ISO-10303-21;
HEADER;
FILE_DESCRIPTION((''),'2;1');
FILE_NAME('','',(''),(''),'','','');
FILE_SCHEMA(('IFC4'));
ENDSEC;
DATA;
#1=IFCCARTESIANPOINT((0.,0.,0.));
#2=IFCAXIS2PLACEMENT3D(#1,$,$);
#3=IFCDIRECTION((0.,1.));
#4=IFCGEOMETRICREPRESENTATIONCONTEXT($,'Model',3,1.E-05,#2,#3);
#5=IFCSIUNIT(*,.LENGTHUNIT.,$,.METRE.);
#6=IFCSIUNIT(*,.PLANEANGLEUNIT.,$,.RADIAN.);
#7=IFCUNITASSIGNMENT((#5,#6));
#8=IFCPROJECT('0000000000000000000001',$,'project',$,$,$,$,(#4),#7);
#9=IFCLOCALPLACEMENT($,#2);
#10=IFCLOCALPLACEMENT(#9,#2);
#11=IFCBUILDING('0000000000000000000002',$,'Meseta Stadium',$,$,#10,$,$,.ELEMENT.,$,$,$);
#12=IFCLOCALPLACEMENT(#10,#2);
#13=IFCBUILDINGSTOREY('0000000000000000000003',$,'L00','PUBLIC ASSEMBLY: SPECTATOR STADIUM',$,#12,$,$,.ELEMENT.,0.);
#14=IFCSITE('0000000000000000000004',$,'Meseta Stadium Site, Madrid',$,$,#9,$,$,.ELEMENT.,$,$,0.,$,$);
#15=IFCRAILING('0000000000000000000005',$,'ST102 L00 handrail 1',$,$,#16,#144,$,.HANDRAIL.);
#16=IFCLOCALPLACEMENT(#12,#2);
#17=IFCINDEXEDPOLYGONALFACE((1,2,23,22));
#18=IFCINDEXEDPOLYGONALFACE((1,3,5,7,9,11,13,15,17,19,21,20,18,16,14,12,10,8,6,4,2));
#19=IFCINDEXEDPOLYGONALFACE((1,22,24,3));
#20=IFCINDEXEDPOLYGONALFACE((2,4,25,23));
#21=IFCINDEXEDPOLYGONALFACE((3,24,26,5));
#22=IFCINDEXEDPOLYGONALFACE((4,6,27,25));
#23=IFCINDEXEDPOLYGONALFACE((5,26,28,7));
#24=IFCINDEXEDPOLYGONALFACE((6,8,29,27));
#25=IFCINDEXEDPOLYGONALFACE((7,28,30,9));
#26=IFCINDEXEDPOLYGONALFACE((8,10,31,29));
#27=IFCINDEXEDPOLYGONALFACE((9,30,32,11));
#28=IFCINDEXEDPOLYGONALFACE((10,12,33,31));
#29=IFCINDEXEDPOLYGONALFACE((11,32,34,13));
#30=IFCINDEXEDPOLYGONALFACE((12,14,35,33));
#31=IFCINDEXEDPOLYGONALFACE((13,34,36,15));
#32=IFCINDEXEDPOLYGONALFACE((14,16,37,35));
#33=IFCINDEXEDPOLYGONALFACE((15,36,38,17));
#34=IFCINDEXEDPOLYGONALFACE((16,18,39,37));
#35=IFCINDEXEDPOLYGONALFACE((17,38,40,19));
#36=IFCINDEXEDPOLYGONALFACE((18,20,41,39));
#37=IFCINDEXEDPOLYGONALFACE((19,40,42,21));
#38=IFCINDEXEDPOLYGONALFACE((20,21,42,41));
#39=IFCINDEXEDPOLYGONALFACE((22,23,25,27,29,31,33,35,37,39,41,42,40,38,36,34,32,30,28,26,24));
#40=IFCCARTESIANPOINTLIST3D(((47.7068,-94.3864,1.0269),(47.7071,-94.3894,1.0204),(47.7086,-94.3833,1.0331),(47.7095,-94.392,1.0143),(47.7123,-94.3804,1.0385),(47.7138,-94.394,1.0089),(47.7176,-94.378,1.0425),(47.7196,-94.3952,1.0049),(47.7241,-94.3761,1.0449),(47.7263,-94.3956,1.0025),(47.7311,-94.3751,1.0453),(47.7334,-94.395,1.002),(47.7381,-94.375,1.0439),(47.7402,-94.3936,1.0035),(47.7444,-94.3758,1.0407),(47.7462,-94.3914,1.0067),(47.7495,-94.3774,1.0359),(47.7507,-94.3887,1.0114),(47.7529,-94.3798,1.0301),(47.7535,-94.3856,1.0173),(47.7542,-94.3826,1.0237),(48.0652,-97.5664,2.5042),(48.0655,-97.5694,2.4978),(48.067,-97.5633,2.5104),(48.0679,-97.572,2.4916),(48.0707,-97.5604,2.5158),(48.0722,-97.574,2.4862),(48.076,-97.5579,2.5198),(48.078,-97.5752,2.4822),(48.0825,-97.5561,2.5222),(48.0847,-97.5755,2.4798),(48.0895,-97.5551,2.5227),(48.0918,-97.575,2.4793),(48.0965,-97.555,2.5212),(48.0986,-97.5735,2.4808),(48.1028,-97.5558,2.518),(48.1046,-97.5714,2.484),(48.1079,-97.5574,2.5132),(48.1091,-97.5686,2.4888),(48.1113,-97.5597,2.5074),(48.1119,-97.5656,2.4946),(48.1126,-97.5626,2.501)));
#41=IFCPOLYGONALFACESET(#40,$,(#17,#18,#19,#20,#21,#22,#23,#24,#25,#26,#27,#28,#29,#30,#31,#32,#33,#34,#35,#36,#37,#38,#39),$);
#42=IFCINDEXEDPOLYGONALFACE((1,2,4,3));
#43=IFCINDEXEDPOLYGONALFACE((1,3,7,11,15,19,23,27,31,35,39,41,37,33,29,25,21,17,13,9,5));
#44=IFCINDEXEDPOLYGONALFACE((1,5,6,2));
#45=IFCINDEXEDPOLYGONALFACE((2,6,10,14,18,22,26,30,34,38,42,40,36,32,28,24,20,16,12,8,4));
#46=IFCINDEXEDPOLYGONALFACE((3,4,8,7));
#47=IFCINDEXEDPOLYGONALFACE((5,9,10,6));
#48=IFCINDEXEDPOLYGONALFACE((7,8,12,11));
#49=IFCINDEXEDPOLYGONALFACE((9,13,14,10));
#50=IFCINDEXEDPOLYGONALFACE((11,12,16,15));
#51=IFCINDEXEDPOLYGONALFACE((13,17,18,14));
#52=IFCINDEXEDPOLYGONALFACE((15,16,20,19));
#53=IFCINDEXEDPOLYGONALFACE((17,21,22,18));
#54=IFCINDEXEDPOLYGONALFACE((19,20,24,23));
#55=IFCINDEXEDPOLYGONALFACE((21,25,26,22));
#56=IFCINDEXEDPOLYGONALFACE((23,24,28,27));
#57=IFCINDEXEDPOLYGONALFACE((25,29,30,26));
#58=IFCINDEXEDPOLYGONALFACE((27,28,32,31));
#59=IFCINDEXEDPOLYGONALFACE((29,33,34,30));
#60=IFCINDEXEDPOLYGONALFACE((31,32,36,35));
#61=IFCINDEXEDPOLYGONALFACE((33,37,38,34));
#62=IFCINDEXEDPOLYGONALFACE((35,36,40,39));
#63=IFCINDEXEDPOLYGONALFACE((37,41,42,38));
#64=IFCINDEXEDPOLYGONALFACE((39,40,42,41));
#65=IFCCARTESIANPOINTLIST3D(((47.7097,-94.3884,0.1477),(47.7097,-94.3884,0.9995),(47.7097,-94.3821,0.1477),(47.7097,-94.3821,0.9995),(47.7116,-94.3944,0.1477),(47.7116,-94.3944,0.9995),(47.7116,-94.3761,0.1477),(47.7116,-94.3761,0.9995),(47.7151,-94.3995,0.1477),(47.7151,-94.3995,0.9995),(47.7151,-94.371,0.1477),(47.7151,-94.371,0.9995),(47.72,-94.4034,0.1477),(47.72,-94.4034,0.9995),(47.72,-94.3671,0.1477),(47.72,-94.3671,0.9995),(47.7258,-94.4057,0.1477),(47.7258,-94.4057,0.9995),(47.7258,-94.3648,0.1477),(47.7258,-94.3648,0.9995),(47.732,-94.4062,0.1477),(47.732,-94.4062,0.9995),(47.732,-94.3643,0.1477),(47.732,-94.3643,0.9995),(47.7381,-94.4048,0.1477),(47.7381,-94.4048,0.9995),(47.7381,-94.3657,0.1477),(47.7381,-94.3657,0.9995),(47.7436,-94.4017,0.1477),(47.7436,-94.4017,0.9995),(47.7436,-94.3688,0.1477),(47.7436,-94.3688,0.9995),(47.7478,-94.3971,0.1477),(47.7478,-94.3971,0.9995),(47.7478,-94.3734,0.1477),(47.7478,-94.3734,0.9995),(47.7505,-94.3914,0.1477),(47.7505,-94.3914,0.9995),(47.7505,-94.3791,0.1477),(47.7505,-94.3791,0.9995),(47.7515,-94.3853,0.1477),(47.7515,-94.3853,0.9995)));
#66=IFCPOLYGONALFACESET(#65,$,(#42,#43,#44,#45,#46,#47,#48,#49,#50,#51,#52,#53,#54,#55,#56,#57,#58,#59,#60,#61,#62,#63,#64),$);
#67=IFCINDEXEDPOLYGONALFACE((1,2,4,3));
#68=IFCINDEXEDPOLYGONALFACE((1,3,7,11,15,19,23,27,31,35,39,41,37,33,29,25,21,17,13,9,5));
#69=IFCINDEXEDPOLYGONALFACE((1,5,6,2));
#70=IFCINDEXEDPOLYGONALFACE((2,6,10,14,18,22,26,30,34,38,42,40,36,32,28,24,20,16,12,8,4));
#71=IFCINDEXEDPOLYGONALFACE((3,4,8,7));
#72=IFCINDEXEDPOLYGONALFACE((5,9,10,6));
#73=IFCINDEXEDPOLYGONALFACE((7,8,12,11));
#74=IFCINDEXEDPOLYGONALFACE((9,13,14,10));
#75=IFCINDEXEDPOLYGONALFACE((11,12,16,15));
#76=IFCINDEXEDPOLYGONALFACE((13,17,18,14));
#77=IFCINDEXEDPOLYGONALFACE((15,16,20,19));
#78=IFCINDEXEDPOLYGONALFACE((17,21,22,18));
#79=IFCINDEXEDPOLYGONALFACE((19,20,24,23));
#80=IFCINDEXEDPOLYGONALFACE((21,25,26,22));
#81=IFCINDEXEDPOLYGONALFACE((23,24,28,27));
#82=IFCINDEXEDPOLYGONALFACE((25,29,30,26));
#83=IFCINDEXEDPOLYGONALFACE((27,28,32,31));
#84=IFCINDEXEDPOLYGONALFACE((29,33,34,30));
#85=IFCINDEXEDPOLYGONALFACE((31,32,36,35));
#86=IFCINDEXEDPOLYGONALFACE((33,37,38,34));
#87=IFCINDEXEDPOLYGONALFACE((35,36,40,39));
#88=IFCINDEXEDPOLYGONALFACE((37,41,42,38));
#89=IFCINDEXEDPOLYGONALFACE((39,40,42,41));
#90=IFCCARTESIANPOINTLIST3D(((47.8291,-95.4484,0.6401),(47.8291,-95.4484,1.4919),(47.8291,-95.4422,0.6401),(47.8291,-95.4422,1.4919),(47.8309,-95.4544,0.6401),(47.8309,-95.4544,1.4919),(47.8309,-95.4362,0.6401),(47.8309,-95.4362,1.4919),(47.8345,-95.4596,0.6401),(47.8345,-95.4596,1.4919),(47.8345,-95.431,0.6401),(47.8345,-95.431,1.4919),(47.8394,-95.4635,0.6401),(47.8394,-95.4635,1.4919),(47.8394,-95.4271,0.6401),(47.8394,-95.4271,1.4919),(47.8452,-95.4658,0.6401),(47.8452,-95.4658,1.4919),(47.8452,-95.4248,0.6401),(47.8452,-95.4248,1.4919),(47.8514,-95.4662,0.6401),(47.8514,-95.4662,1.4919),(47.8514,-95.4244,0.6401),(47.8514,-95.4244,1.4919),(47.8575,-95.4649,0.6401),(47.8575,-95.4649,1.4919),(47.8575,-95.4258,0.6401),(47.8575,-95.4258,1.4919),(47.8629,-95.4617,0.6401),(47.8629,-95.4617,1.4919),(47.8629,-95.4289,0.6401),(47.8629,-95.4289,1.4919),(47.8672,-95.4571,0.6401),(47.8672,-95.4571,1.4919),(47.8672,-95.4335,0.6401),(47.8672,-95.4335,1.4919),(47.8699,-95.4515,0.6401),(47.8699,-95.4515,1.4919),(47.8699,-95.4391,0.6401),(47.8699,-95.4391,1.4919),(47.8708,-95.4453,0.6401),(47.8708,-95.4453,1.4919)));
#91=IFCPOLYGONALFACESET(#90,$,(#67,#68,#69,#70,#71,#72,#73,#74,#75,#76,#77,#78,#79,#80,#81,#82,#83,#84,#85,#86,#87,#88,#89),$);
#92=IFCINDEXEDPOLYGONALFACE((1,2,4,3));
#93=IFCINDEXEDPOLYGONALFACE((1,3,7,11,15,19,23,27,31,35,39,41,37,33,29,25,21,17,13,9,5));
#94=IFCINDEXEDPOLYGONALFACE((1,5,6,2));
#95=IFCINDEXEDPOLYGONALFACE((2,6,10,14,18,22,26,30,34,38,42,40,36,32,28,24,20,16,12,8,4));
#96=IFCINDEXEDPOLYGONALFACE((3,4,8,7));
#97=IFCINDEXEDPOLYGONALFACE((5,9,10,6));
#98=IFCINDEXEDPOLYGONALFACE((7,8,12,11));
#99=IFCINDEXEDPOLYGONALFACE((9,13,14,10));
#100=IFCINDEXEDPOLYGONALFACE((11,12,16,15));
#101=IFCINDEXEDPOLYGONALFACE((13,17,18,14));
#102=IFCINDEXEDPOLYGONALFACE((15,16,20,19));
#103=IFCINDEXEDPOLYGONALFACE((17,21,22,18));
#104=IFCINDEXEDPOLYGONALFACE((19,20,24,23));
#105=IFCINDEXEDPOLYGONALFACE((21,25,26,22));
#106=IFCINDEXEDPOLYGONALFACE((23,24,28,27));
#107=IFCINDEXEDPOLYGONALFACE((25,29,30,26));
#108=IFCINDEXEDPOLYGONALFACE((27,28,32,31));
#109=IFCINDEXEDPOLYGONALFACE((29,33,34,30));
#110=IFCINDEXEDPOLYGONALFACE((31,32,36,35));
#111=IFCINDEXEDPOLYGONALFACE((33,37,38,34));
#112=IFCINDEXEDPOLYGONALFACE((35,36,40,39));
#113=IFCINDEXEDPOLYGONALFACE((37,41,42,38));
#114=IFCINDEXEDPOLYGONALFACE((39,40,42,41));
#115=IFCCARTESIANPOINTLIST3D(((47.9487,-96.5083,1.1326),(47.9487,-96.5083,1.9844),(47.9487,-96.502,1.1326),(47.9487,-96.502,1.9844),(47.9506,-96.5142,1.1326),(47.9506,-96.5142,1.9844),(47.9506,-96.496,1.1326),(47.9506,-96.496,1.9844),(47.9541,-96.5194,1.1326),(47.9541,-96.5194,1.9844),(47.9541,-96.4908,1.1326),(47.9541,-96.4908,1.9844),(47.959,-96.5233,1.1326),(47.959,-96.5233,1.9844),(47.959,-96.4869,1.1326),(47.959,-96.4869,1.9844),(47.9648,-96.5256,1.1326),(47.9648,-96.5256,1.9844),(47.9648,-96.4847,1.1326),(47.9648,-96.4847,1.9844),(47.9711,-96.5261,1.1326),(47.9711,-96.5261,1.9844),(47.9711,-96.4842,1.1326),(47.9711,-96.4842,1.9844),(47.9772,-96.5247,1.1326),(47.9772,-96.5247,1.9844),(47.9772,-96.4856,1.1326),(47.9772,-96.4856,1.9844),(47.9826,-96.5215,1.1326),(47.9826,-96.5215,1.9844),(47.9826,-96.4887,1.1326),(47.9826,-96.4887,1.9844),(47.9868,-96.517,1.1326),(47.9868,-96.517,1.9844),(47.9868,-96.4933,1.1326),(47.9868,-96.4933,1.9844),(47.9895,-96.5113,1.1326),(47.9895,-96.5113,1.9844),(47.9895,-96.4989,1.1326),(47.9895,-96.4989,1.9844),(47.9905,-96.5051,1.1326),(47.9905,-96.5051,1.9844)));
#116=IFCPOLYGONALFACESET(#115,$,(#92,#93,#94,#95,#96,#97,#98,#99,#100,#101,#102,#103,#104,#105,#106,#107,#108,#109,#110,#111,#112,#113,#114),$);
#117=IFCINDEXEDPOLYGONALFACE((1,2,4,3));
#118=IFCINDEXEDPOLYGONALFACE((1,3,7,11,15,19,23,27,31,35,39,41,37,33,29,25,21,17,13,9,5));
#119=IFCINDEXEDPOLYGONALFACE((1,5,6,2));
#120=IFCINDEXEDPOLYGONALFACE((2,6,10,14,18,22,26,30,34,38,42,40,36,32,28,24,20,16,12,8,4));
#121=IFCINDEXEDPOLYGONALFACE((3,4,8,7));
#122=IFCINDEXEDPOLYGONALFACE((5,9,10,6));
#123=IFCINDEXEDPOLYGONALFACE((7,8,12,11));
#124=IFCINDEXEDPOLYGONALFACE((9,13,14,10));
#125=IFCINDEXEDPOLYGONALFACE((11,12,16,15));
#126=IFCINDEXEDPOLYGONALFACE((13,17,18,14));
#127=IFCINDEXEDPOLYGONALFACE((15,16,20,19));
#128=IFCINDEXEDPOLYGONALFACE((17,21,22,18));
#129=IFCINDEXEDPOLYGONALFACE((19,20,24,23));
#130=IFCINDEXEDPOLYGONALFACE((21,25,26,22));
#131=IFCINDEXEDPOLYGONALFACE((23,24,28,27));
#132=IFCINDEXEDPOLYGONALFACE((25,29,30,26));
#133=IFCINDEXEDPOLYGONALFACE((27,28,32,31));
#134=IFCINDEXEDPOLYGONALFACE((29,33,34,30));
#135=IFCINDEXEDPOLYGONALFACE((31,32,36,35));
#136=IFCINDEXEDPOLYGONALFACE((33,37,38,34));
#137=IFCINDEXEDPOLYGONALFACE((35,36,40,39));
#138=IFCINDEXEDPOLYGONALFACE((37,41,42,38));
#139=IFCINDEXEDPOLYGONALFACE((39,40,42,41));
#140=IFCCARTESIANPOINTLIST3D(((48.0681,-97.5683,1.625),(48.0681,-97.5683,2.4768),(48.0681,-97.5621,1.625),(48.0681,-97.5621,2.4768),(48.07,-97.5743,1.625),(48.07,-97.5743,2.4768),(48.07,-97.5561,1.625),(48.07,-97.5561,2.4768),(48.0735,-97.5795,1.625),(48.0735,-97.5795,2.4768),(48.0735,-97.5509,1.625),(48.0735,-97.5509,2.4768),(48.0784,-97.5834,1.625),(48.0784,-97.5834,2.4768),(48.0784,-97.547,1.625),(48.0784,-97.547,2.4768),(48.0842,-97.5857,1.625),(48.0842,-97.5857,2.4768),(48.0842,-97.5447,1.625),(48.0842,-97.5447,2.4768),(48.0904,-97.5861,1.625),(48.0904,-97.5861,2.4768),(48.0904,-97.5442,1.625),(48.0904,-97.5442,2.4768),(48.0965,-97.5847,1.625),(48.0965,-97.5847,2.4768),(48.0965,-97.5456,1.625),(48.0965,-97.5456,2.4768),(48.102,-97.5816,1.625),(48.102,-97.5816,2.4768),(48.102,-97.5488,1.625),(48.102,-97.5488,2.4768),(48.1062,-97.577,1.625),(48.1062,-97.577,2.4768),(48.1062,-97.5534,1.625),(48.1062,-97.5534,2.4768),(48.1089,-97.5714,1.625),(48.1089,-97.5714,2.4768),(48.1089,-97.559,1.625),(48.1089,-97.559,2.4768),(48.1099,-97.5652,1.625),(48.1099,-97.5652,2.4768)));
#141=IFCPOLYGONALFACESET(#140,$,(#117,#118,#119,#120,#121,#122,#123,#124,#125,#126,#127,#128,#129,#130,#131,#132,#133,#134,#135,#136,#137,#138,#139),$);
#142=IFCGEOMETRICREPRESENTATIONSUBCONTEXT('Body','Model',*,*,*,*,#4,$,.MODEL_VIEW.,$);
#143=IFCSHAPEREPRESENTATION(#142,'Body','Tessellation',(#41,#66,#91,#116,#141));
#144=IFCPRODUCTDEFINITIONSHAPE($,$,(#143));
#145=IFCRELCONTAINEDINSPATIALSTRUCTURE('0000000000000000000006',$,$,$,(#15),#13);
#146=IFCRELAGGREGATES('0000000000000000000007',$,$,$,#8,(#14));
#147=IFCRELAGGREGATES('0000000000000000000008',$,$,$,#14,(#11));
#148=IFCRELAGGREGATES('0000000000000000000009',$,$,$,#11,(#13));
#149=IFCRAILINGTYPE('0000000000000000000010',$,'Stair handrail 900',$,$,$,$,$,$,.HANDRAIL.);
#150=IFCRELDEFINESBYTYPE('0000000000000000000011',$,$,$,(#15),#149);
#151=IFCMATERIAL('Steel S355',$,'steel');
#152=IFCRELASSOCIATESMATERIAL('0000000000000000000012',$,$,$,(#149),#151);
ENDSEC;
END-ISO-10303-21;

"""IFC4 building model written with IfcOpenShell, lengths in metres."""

from ifc_helpers import new_model, si_unit, direction, frame, origin, origin_2d, place, context, subcontext, project, spatial, circle, extrude, material, type_object, element, save


model = new_model("IFC4")

# Units and contexts
model_context = context("Model", 3, precision=1e-05, world=origin(), true_north=direction((0.0, 1.0)))
body_context = subcontext(model_context, "Body", "Model", "MODEL_VIEW")
ifc_project = project(units=[si_unit("LENGTHUNIT", "METRE"), si_unit("PLANEANGLEUNIT", "RADIAN")], contexts=[model_context])

# Site, building, storey
site_placement = place(None, origin())
site = spatial("IfcSite", under=ifc_project, at=site_placement, Name="Meseta Stadium Site, Madrid", CompositionType="ELEMENT", RefElevation=0.0)
building_placement = place(site_placement, origin())
building = spatial("IfcBuilding", under=site, at=building_placement, Name="Meseta Stadium", CompositionType="ELEMENT")
storey_placement = place(building_placement, origin())
storey = spatial("IfcBuildingStorey", under=building, at=storey_placement, Name="L00", Description="PUBLIC ASSEMBLY: SPECTATOR STADIUM", CompositionType="ELEMENT", Elevation=0.0)

# Railing
ifc_material_1 = material(Name="Steel S355", Category="steel")
railing_type_1 = type_object("IfcRailingType", Name="Stair handrail 900", PredefinedType="HANDRAIL", material=ifc_material_1)
railing_1_placement = place(storey_placement, frame((47.7305, -94.3853, 0.1477)))
element("IfcRailing", 1, at=railing_1_placement, inside=storey, type_object=railing_type_1, Name="ST102 L00 handrail 1", PredefinedType="HANDRAIL", context=body_context, shape_type="SweptSolid", body=[
    extrude(circle(Radius=0.0239, at=origin_2d()), frame((0.0, 0.0, 0.876), z_axis=(0.101685, -0.90221, 0.419138), x_axis=(0.993709, 0.111997, 0.0)), (0.0, 0.0, 1.0), 3.5247),
    extrude(circle(Radius=0.021, at=origin_2d()), origin(), (0.0, 0.0, 1.0), 0.8518),
    extrude(circle(Radius=0.021, at=origin_2d()), frame((0.1194, -1.0601, 0.4924)), (0.0, 0.0, 1.0), 0.8518),
    extrude(circle(Radius=0.021, at=origin_2d()), frame((0.239, -2.1199, 0.9849)), (0.0, 0.0, 1.0), 0.8518),
    extrude(circle(Radius=0.021, at=origin_2d()), frame((0.3584, -3.1799, 1.4773)), (0.0, 0.0, 1.0), 0.8518),
])

save(model, "model.ifc")
